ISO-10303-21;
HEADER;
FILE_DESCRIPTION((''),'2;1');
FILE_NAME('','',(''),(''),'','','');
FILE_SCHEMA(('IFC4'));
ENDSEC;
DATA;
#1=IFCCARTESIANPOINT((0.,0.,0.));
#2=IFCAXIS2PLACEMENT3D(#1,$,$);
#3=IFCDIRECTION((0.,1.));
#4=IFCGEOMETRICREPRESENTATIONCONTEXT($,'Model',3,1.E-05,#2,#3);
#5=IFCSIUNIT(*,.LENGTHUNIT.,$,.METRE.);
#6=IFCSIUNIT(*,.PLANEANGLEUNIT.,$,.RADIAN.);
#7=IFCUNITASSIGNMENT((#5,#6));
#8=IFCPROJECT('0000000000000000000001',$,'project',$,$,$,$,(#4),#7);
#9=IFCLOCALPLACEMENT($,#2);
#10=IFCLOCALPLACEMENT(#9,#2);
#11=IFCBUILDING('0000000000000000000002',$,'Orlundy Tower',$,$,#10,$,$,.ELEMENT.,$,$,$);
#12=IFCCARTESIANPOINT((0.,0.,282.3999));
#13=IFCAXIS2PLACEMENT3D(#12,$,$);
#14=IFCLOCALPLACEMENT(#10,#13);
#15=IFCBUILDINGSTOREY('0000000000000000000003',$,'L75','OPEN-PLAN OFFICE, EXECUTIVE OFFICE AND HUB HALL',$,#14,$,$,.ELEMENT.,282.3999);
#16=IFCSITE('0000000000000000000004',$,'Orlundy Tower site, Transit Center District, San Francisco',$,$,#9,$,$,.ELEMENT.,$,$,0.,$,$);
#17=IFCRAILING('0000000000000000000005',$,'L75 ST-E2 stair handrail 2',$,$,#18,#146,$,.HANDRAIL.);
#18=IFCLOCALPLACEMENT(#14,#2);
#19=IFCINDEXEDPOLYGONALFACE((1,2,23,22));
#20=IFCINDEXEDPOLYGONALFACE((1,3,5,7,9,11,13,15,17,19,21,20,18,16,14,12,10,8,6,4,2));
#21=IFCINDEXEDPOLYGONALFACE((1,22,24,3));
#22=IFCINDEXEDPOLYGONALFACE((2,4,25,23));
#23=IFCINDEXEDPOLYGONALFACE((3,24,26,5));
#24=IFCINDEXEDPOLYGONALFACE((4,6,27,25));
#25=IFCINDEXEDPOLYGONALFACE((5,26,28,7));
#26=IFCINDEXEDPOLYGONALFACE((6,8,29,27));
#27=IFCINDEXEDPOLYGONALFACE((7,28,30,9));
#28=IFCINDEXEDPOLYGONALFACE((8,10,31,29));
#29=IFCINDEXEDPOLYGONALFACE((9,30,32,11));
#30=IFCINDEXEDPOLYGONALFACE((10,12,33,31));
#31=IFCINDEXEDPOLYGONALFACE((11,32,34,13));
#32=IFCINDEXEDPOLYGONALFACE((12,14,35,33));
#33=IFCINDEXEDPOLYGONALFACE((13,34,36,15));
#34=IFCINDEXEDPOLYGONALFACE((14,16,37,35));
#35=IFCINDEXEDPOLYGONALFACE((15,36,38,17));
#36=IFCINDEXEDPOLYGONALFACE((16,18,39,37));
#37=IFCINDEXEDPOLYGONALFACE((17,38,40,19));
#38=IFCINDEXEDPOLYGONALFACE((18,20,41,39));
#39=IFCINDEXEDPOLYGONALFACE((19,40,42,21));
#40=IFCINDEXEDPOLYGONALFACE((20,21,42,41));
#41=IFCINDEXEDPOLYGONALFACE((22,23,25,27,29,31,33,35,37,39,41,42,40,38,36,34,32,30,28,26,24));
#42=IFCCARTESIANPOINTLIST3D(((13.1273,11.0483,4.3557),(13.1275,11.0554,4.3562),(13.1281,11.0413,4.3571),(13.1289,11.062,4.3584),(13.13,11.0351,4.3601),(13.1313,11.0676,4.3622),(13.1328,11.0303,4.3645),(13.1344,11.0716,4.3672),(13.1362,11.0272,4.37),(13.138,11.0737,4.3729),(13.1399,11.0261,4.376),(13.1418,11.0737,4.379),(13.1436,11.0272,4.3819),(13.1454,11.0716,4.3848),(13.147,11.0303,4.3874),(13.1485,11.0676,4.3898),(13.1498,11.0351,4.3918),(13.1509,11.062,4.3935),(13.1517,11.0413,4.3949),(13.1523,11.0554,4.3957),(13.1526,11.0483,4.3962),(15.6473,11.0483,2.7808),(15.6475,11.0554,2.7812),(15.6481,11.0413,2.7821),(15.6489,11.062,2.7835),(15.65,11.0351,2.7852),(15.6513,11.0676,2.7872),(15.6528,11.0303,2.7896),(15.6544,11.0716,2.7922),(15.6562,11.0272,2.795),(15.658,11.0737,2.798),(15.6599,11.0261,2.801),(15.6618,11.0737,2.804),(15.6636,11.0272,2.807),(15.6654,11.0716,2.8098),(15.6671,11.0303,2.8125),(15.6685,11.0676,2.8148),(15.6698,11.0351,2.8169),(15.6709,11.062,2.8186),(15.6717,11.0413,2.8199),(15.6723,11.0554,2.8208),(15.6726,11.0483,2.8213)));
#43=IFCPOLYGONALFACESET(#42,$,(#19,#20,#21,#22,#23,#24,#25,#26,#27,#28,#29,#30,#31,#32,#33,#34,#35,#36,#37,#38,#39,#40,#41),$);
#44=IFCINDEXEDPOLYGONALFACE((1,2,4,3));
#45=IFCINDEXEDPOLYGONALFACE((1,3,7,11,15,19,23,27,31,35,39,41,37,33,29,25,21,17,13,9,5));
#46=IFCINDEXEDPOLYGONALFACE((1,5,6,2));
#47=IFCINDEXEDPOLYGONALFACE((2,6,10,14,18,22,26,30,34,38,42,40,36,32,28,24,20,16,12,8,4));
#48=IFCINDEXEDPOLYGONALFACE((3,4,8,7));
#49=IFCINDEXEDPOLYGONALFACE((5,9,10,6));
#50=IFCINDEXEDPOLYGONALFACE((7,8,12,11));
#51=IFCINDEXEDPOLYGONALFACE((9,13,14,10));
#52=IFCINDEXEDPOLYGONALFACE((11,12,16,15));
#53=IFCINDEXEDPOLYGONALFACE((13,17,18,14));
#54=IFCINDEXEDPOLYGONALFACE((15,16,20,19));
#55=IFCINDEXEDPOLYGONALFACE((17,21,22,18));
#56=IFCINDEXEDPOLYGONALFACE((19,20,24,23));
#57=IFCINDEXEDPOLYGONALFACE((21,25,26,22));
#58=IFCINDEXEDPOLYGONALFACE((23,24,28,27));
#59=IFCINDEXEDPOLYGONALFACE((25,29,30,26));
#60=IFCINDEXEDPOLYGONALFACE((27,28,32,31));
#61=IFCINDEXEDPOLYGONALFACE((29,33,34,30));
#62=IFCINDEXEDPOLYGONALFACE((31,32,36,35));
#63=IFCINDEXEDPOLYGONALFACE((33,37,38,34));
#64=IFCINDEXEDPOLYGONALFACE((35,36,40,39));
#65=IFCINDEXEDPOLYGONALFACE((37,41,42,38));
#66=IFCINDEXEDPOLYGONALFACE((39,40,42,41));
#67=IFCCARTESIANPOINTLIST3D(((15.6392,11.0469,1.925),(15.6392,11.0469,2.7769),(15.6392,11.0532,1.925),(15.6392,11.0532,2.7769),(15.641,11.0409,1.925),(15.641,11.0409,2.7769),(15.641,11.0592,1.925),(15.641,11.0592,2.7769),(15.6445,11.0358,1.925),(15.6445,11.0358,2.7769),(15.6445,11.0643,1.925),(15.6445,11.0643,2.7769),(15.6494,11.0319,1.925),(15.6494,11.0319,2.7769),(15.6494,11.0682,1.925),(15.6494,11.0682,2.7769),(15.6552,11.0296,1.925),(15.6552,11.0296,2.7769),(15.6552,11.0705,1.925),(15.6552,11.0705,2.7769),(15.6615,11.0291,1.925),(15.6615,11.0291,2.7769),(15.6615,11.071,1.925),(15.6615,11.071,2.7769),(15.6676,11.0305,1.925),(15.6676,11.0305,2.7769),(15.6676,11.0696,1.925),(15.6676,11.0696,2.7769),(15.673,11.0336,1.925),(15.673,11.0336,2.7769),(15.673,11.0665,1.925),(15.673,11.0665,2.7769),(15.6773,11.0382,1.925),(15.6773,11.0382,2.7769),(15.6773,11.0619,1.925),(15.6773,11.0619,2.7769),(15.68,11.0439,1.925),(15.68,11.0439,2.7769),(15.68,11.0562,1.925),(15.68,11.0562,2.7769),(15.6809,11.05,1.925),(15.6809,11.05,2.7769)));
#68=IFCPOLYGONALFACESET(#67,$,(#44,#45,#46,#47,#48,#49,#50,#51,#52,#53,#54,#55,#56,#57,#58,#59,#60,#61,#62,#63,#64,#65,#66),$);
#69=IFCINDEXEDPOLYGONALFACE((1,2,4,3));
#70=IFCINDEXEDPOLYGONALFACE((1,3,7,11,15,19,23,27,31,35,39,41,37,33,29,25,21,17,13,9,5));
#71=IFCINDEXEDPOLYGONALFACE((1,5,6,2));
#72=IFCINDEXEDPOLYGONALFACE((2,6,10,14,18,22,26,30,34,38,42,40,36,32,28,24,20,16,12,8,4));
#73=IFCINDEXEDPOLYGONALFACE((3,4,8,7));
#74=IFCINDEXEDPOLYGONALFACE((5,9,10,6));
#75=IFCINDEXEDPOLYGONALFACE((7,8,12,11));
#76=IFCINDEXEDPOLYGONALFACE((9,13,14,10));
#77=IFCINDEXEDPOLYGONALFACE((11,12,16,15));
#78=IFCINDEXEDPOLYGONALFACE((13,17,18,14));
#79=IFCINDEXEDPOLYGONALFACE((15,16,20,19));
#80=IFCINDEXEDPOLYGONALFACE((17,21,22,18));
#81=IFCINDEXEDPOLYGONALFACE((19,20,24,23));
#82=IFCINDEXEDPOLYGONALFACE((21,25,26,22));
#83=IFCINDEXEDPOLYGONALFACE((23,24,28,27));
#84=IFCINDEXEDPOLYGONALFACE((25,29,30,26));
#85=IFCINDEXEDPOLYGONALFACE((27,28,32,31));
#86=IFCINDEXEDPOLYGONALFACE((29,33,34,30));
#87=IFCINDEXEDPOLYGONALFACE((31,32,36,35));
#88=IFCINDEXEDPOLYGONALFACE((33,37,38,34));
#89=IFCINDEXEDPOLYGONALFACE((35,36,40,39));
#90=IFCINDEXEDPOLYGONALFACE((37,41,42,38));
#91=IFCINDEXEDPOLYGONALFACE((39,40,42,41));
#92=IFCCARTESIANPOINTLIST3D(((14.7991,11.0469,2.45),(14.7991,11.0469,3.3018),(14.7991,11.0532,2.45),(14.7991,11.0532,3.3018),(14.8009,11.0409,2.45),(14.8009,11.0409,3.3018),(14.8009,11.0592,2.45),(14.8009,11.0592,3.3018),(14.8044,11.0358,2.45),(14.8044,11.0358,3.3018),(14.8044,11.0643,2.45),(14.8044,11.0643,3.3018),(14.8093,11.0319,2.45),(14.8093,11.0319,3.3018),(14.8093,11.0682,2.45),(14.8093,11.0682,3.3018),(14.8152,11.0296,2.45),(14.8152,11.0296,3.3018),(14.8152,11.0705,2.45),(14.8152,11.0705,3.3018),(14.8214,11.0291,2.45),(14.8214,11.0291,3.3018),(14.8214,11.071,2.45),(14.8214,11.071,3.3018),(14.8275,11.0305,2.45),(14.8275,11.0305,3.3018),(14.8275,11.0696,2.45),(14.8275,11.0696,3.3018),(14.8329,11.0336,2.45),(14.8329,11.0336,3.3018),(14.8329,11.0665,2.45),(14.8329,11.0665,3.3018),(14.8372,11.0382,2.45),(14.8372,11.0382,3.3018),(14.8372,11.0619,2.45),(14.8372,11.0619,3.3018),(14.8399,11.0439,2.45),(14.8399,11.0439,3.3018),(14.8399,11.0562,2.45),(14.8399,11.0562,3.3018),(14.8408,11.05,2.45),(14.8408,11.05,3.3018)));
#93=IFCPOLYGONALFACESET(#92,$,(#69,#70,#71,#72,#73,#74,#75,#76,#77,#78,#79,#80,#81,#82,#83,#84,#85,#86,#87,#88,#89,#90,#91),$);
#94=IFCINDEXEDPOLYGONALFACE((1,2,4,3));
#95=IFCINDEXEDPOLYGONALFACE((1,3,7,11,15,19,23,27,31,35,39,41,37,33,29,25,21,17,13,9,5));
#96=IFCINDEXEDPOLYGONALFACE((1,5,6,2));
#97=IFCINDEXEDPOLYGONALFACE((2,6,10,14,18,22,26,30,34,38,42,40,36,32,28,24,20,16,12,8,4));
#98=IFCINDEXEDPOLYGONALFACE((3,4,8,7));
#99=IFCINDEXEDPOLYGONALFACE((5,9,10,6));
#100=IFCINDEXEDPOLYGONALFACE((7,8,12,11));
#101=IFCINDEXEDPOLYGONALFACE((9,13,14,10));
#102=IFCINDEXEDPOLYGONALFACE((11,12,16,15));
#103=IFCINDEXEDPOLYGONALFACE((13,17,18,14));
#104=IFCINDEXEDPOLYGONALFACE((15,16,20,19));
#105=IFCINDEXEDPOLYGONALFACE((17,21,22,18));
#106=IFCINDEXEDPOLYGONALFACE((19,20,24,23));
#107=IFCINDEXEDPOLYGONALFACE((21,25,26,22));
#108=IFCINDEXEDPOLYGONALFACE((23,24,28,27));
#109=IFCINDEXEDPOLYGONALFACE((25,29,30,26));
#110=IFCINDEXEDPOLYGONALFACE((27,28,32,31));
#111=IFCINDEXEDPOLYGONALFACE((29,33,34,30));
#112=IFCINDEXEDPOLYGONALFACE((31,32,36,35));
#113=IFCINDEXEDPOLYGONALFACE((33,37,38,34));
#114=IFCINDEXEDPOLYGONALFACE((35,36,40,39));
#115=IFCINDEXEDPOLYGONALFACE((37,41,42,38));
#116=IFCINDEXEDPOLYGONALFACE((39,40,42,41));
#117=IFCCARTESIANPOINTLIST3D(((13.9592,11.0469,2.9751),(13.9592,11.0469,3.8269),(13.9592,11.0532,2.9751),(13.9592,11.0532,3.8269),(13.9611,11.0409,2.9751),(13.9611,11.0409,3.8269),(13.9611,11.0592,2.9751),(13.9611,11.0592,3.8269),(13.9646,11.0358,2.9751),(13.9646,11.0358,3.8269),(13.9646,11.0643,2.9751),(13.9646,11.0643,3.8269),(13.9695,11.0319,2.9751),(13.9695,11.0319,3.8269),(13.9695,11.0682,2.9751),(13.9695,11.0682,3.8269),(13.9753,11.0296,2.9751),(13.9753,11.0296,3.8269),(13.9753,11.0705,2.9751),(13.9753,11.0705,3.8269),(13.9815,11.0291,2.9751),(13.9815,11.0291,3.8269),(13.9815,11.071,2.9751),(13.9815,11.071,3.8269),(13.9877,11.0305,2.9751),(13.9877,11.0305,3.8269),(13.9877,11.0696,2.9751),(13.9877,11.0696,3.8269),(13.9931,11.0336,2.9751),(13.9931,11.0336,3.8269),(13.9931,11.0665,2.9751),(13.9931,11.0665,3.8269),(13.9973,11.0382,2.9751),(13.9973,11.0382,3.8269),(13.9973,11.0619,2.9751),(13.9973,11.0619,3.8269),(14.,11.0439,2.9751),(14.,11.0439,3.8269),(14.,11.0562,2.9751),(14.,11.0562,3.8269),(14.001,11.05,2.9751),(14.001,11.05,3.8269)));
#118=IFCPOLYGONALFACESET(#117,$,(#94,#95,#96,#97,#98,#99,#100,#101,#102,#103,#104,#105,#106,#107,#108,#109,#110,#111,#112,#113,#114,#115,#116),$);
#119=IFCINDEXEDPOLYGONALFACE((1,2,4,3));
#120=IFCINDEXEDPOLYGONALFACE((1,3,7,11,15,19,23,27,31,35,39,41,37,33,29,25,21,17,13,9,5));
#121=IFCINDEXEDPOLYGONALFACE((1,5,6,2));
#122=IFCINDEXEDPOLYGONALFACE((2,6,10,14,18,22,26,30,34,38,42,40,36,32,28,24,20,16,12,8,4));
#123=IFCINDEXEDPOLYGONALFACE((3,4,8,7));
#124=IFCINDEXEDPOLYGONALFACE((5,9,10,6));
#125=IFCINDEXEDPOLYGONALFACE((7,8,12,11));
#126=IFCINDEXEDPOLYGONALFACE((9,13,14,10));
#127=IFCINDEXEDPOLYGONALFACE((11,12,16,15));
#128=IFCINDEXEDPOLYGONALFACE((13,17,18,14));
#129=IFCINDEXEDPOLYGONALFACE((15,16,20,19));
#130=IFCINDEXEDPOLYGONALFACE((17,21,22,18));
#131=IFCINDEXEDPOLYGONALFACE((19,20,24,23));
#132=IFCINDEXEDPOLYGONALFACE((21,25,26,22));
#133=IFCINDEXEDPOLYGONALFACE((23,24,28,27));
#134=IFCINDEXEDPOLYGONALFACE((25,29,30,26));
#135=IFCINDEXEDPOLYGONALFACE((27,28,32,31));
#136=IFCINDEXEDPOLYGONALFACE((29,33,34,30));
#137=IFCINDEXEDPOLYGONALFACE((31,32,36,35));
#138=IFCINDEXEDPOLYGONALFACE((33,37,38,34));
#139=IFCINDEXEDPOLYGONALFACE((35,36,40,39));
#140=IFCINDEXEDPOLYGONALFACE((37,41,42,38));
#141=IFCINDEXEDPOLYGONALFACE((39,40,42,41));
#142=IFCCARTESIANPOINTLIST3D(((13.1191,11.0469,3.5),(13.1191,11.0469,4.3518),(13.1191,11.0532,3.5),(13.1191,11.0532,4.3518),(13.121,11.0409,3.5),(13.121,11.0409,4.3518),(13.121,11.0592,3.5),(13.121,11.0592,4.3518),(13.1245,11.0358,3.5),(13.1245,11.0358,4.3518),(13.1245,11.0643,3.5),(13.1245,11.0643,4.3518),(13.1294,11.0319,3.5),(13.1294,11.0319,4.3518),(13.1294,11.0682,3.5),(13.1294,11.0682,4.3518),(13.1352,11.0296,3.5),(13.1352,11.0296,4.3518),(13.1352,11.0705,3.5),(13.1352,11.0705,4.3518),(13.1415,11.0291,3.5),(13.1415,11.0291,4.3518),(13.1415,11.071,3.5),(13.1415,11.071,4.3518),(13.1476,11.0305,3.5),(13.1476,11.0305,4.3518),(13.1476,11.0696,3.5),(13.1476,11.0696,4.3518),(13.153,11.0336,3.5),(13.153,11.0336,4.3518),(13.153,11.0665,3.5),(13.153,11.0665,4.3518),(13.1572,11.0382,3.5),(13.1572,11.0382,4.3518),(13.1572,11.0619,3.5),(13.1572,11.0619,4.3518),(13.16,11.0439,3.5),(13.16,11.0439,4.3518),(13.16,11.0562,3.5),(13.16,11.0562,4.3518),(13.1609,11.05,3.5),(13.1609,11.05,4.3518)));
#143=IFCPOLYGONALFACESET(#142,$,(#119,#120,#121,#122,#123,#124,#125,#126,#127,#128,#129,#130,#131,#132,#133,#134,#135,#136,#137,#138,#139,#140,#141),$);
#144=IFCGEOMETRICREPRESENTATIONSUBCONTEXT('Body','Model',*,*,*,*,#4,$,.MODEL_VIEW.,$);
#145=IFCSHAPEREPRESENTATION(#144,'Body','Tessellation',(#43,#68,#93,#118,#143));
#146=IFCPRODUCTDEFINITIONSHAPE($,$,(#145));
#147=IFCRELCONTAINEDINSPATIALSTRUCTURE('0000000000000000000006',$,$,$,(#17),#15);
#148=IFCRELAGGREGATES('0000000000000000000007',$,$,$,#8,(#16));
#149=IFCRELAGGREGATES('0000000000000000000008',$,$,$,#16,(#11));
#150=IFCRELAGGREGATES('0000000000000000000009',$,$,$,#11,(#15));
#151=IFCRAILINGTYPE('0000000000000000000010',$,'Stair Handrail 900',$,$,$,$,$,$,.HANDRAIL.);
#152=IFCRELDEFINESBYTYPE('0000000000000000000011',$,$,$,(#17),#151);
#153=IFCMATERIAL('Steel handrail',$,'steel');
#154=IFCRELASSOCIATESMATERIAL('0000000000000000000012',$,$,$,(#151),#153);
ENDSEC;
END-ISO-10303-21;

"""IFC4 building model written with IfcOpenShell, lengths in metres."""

from ifc_helpers import new_model, si_unit, direction, frame, origin, origin_2d, place, context, subcontext, project, spatial, circle, extrude, material, type_object, element, save


model = new_model("IFC4")

# Units and contexts
model_context = context("Model", 3, precision=1e-05, world=origin(), true_north=direction((0.0, 1.0)))
body_context = subcontext(model_context, "Body", "Model", "MODEL_VIEW")
ifc_project = project(units=[si_unit("LENGTHUNIT", "METRE"), si_unit("PLANEANGLEUNIT", "RADIAN")], contexts=[model_context])

# Site, building, storey
site_placement = place(None, origin())
site = spatial("IfcSite", under=ifc_project, at=site_placement, Name="Orlundy Tower site, Transit Center District, San Francisco", CompositionType="ELEMENT", RefElevation=0.0)
building_placement = place(site_placement, origin())
building = spatial("IfcBuilding", under=site, at=building_placement, Name="Orlundy Tower", CompositionType="ELEMENT")
storey_placement = place(building_placement, frame((0.0, 0.0, 282.3999)))
storey = spatial("IfcBuildingStorey", under=building, at=storey_placement, Name="L75", Description="OPEN-PLAN OFFICE, EXECUTIVE OFFICE AND HUB HALL", CompositionType="ELEMENT", Elevation=282.3999)

# Railing
ifc_material_1 = material(Name="Steel handrail", Category="steel")
railing_type_1 = type_object("IfcRailingType", Name="Stair Handrail 900", PredefinedType="HANDRAIL", material=ifc_material_1)
railing_1_placement = place(storey_placement, frame((15.6599, 11.05, 1.925)))
element("IfcRailing", 1, at=railing_1_placement, inside=storey, type_object=railing_type_1, Name="L75 ST-E2 stair handrail 2", PredefinedType="HANDRAIL", context=body_context, shape_type="SweptSolid", body=[
    extrude(circle(Radius=0.0239, at=origin_2d()), frame((0.0, 0.0, 0.876), z_axis=(-0.848008, 0.0, 0.529984), x_axis=(0.0, -1.0, 0.0)), (0.0, 0.0, 1.0), 2.9717),
    extrude(circle(Radius=0.021, at=origin_2d()), origin(), (0.0, 0.0, 1.0), 0.8518),
    extrude(circle(Radius=0.021, at=origin_2d()), frame((-0.8401, 0.0, 0.5249)), (0.0, 0.0, 1.0), 0.8518),
    extrude(circle(Radius=0.021, at=origin_2d()), frame((-1.6799, 0.0, 1.05)), (0.0, 0.0, 1.0), 0.8518),
    extrude(circle(Radius=0.021, at=origin_2d()), frame((-2.52, 0.0, 1.575)), (0.0, 0.0, 1.0), 0.8518),
])

save(model, "model.ifc")
